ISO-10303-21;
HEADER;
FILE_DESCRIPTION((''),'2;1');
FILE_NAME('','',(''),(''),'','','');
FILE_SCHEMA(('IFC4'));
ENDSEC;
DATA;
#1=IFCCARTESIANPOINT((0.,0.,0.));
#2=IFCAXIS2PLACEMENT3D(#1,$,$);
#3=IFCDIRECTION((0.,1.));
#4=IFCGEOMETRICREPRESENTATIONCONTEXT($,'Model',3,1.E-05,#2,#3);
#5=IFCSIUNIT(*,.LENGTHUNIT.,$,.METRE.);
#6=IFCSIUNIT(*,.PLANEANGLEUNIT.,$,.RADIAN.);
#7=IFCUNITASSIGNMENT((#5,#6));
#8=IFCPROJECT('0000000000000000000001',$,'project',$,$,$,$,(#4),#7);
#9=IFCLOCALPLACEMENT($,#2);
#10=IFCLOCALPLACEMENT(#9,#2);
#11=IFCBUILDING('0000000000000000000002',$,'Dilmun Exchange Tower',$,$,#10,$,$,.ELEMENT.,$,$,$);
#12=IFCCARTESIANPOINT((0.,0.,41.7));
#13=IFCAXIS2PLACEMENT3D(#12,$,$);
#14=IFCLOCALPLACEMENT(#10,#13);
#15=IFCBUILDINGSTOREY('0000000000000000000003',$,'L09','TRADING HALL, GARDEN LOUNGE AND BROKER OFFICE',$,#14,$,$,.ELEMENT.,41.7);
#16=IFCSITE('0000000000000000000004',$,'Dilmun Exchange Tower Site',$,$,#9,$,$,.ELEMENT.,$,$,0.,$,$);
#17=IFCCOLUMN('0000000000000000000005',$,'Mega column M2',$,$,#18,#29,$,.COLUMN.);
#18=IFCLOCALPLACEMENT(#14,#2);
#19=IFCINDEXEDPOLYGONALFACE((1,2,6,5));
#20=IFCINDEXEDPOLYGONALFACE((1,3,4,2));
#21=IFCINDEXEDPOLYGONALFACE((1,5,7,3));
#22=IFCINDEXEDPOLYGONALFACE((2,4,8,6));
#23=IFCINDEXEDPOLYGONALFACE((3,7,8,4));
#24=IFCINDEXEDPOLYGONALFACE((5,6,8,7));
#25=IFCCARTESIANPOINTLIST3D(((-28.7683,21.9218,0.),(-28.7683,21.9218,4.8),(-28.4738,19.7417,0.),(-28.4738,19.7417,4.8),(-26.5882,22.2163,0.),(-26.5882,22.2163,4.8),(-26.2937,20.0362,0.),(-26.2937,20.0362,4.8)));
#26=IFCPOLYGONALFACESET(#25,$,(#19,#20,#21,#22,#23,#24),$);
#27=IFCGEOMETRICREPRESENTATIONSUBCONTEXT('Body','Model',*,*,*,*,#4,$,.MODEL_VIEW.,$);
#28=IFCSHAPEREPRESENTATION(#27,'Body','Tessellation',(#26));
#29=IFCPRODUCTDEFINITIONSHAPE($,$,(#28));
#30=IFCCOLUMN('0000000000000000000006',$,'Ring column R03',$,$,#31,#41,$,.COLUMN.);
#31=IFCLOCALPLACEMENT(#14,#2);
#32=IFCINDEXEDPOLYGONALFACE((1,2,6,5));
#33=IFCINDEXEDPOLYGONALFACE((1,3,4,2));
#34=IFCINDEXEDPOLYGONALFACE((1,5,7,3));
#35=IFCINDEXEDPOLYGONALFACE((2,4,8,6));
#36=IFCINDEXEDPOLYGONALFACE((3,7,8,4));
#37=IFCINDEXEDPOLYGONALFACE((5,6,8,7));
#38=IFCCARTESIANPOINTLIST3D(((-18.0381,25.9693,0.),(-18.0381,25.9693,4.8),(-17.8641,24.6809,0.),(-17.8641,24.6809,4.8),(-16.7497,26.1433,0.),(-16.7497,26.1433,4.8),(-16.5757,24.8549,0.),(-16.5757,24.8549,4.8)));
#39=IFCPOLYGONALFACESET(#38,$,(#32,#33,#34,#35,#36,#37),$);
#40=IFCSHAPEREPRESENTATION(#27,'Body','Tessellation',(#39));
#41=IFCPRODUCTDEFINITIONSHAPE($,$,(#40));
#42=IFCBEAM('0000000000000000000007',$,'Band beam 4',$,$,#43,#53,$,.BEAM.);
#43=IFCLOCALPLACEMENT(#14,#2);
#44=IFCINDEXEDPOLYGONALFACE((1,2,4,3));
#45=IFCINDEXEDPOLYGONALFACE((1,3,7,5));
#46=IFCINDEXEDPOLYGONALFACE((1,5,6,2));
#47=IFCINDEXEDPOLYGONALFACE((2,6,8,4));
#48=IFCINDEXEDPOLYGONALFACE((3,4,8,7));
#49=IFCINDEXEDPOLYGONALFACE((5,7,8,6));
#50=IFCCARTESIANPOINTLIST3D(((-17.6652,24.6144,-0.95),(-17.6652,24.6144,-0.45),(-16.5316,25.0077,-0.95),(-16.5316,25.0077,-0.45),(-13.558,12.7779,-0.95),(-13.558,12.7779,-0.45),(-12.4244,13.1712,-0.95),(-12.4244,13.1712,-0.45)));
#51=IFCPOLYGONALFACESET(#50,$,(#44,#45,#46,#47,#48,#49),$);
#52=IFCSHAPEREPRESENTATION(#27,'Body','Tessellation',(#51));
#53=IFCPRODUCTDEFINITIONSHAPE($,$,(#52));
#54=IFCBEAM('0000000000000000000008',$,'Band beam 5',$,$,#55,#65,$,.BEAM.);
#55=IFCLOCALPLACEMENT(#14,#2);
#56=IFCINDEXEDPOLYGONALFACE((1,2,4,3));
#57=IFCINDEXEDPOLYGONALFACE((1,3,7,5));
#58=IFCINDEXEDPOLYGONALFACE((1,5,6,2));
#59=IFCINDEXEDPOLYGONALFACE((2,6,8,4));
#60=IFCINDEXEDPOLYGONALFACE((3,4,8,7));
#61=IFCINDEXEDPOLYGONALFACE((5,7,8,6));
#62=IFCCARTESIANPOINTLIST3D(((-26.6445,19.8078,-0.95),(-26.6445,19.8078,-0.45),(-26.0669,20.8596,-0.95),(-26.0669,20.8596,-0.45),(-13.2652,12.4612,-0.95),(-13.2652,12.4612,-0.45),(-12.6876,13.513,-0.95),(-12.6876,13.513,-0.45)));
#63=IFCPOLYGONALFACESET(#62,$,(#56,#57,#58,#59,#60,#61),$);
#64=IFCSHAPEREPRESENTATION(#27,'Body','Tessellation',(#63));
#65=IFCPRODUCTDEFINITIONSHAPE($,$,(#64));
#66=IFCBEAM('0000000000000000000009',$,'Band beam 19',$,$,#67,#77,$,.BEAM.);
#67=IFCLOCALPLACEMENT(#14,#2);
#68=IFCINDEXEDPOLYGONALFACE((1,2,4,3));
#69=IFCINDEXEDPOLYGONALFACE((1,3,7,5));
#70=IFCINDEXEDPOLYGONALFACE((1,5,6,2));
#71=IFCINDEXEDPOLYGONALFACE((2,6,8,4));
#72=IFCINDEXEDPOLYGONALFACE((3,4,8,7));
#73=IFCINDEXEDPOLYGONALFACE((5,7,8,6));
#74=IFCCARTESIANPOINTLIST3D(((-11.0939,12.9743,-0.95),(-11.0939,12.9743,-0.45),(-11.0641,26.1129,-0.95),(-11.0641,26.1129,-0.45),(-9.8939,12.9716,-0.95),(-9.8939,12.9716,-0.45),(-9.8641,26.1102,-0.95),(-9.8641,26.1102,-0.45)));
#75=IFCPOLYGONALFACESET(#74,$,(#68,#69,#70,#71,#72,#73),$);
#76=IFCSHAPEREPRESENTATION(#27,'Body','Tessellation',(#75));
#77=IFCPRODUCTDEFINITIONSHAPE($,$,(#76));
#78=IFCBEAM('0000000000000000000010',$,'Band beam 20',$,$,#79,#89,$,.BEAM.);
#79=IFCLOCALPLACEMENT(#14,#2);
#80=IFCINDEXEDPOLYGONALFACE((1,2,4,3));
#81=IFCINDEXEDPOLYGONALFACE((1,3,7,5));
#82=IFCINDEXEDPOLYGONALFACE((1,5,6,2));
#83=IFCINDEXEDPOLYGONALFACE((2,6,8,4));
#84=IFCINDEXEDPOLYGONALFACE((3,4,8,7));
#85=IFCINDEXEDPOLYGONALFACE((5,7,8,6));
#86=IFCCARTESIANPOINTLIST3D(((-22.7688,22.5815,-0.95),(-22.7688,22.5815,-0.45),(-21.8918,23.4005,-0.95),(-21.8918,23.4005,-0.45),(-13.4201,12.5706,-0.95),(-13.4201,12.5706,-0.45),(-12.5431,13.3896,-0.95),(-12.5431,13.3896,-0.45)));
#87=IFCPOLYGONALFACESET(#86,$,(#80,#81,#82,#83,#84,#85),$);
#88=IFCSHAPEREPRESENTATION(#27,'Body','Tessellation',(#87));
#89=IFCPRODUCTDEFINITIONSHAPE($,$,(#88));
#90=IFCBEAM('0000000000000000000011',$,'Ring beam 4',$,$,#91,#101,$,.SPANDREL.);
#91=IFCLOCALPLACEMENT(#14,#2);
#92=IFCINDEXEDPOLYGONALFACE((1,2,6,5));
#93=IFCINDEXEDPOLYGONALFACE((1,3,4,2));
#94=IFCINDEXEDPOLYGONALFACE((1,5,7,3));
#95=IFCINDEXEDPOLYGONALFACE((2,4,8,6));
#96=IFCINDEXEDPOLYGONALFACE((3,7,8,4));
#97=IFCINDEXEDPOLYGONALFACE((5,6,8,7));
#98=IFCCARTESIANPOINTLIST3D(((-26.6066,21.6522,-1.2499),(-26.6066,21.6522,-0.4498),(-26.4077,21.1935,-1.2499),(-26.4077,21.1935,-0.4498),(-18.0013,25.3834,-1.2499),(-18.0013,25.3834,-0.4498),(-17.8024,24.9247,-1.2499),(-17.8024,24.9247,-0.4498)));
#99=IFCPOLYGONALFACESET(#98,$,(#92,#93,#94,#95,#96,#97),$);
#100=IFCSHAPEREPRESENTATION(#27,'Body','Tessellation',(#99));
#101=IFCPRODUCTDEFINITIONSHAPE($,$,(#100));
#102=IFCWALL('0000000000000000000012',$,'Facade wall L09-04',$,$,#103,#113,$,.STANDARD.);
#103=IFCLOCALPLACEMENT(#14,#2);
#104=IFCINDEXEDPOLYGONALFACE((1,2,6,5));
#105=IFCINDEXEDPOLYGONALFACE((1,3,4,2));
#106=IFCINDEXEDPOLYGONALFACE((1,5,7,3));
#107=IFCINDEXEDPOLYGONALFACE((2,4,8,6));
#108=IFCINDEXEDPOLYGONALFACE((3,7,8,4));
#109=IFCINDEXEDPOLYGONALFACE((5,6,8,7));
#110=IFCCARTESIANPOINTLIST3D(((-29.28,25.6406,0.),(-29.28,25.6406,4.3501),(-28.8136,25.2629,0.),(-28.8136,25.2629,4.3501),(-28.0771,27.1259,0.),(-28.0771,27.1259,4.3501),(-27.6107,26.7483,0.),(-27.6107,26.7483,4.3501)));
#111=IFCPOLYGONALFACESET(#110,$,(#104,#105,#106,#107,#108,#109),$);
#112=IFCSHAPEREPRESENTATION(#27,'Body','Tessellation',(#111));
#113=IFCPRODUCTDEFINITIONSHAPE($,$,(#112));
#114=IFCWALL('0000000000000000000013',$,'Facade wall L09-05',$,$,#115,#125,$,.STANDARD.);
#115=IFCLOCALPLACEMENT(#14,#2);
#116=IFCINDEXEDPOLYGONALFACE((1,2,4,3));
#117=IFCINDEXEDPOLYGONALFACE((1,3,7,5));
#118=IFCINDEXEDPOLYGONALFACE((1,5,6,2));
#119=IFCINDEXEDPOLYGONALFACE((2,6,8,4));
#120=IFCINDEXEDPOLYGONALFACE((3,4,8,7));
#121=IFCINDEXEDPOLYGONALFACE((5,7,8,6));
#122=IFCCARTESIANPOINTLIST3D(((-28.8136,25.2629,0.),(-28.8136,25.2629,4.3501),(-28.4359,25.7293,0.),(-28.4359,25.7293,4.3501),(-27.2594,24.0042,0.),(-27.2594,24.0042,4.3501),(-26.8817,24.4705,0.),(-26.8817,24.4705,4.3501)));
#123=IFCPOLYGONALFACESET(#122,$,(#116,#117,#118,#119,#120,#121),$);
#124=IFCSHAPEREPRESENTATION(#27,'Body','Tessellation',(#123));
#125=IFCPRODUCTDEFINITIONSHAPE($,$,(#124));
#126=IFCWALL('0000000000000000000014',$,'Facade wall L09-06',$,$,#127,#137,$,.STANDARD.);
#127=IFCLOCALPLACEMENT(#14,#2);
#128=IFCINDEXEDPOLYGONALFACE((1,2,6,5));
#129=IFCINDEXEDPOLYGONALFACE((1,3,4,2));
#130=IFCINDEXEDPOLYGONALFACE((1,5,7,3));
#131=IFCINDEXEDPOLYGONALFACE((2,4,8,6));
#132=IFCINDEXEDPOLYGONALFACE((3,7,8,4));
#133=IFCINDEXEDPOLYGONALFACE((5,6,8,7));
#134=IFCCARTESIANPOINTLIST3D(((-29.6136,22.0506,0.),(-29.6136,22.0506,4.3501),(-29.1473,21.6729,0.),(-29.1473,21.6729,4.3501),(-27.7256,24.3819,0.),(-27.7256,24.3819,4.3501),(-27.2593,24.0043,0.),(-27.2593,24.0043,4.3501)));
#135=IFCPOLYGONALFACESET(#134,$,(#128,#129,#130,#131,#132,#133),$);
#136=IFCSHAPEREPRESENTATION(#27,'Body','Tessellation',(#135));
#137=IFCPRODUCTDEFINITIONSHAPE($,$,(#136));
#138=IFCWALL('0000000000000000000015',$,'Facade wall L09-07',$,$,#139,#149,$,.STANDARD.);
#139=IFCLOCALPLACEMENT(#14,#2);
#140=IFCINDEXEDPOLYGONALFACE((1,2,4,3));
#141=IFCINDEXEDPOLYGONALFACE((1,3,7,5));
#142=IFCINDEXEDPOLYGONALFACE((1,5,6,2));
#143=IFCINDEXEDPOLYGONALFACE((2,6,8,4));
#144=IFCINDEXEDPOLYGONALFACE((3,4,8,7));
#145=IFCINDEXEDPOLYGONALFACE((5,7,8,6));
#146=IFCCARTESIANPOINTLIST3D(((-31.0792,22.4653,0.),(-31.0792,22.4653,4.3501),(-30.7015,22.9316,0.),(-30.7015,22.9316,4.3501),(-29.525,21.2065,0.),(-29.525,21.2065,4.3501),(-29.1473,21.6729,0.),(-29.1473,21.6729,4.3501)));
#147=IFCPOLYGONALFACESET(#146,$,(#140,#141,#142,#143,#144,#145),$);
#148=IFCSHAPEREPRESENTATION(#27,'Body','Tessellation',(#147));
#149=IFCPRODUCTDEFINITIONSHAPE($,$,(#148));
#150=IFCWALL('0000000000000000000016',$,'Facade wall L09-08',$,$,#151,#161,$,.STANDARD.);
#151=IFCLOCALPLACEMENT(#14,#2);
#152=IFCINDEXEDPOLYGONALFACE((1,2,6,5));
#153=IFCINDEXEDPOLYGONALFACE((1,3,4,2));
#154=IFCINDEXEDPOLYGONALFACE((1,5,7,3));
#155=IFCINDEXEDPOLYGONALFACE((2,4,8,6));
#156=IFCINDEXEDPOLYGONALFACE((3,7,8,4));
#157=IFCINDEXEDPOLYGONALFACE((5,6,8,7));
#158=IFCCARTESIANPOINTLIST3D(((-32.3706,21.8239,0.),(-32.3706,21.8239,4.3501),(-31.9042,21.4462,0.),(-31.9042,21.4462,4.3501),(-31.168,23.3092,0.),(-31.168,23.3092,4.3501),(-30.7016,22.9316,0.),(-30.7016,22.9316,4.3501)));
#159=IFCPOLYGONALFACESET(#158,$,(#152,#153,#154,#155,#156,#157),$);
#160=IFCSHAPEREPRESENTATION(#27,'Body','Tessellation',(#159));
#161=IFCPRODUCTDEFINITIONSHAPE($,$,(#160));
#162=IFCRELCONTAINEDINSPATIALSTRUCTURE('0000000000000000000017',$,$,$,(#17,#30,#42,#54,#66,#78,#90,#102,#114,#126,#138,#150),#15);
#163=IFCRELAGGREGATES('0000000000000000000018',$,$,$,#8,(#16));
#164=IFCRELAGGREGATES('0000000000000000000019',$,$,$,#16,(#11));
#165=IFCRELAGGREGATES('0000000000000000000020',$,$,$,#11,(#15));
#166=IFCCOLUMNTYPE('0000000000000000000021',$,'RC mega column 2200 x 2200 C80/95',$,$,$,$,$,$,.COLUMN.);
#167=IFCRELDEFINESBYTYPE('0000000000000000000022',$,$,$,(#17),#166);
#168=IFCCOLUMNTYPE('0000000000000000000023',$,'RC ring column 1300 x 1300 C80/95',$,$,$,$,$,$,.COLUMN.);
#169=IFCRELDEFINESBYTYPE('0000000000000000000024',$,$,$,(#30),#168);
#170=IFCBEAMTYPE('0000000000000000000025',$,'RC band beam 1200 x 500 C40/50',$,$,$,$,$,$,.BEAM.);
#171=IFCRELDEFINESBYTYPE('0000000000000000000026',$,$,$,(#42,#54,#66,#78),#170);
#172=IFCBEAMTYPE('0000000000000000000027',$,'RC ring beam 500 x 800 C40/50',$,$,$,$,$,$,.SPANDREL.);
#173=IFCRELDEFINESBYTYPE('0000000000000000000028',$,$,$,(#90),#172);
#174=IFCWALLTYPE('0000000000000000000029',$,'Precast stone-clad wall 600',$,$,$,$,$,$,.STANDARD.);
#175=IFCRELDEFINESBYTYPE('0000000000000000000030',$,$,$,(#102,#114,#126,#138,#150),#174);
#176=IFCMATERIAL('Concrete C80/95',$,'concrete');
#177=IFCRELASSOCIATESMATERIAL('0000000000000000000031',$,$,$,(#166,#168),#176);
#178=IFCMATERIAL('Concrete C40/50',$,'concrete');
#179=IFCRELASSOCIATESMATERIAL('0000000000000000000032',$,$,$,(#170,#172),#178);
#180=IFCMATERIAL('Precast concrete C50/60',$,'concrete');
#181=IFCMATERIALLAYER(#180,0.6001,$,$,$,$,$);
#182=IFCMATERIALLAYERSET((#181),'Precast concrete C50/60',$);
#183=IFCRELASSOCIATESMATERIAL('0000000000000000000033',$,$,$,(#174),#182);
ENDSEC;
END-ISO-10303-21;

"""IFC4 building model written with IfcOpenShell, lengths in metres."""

from ifc_helpers import new_model, si_unit, direction, frame, frame_2d, origin, origin_2d, place, context, subcontext, project, spatial, rectangle, extrude, material, layer, layer_set, material_profile, profile_set, type_object, element, save


model = new_model("IFC4")

# Units and contexts
model_context = context("Model", 3, precision=1e-05, world=origin(), true_north=direction((0.0, 1.0)))
body_context = subcontext(model_context, "Body", "Model", "MODEL_VIEW")
ifc_project = project(units=[si_unit("LENGTHUNIT", "METRE"), si_unit("PLANEANGLEUNIT", "RADIAN")], contexts=[model_context])

# Site, building, storey
site_placement = place(None, origin())
site = spatial("IfcSite", under=ifc_project, at=site_placement, Name="Dilmun Exchange Tower Site", CompositionType="ELEMENT", RefElevation=0.0)
building_placement = place(site_placement, origin())
building = spatial("IfcBuilding", under=site, at=building_placement, Name="Dilmun Exchange Tower", CompositionType="ELEMENT")
storey_placement = place(building_placement, frame((0.0, 0.0, 41.7)))
storey = spatial("IfcBuildingStorey", under=building, at=storey_placement, Name="L09", Description="TRADING HALL, GARDEN LOUNGE AND BROKER OFFICE", CompositionType="ELEMENT", Elevation=41.7)

# Columns
ifc_material_1 = material(Name="Concrete C80/95", Category="concrete")
ifc_material_profile_1 = material_profile(ifc_material_1, rectangle(XDim=2.2, YDim=2.2, at=origin_2d()), Name="2200 x 2200")
ifc_profile_set_1 = profile_set([ifc_material_profile_1], Name="Concrete C80/95")
column_type_1 = type_object("IfcColumnType", Name="RC mega column 2200 x 2200 C80/95", PredefinedType="COLUMN", material=ifc_profile_set_1)
column_1_placement = place(storey_placement, frame((-27.531, 20.979, 0.0), z_axis=(0.0, 0.0, 1.0), x_axis=(0.991001, 0.133853, 0.0)))
element("IfcColumn", 1, at=column_1_placement, inside=storey, type_object=column_type_1, Name="Mega column M2", PredefinedType="COLUMN", context=body_context, shape_type="SweptSolid", body=[
    extrude(rectangle(XDim=2.2, YDim=2.2, at=origin_2d()), origin(), (0.0, 0.0, 1.0), 4.8),
])
ifc_material_profile_2 = material_profile(ifc_material_1, rectangle(XDim=1.3, YDim=1.3, at=origin_2d()), Name="1300 x 1300")
ifc_profile_set_2 = profile_set([ifc_material_profile_2], Name="Concrete C80/95")
column_type_2 = type_object("IfcColumnType", Name="RC ring column 1300 x 1300 C80/95", PredefinedType="COLUMN", material=ifc_profile_set_2)
column_2_placement = place(storey_placement, frame((-17.3069, 25.4121, 0.0), z_axis=(0.0, 0.0, 1.0), x_axis=(0.991001, 0.133853, 0.0)))
element("IfcColumn", 2, at=column_2_placement, inside=storey, type_object=column_type_2, Name="Ring column R03", PredefinedType="COLUMN", context=body_context, shape_type="SweptSolid", body=[
    extrude(rectangle(XDim=1.3, YDim=1.3, at=origin_2d()), origin(), (0.0, 0.0, 1.0), 4.8),
])

# Beams
ifc_material_2 = material(Name="Concrete C40/50", Category="concrete")
ifc_material_profile_3 = material_profile(ifc_material_2, rectangle(XDim=1.2, YDim=0.5, at=origin_2d()), Name="1200 x 500")
ifc_profile_set_3 = profile_set([ifc_material_profile_3], Name="Concrete C40/50")
beam_type_1 = type_object("IfcBeamType", Name="RC band beam 1200 x 500 C40/50", PredefinedType="BEAM", material=ifc_profile_set_3)
beam_1_placement = place(storey_placement, frame((-17.0984, 24.811, -0.7), z_axis=(0.32782, -0.94474, 0.0), x_axis=(0.94474, 0.32782, 0.0)))
element("IfcBeam", 3, at=beam_1_placement, inside=storey, type_object=beam_type_1, Name="Band beam 4", PredefinedType="BEAM", context=body_context, shape_type="SweptSolid", body=[
    extrude(rectangle(XDim=1.2, YDim=0.5, at=origin_2d()), origin(), (0.0, 0.0, 1.0), 12.5288),
])
beam_2_placement = place(storey_placement, frame((-26.3557, 20.3337, -0.7), z_axis=(0.876547, -0.481316, 0.0), x_axis=(0.481316, 0.876547, 0.0)))
element("IfcBeam", 4, at=beam_2_placement, inside=storey, type_object=beam_type_1, Name="Band beam 5", PredefinedType="BEAM", context=body_context, shape_type="SweptSolid", body=[
    extrude(rectangle(XDim=1.2, YDim=0.5, at=origin_2d()), origin(), (0.0, 0.0, 1.0), 15.2637),
])
beam_3_placement = place(storey_placement, frame((-10.4641, 26.1116, -0.7), z_axis=(-0.002267, -0.999997, 0.0), x_axis=(0.999997, -0.002267, 0.0)))
element("IfcBeam", 5, at=beam_3_placement, inside=storey, type_object=beam_type_1, Name="Band beam 19", PredefinedType="BEAM", context=body_context, shape_type="SweptSolid", body=[
    extrude(rectangle(XDim=1.2, YDim=0.5, at=origin_2d()), origin(), (0.0, 0.0, 1.0), 13.1387),
])
beam_4_placement = place(storey_placement, frame((-22.3303, 22.991, -0.7), z_axis=(0.682524, -0.730863, 0.0), x_axis=(0.730863, 0.682524, 0.0)))
element("IfcBeam", 6, at=beam_4_placement, inside=storey, type_object=beam_type_1, Name="Band beam 20", PredefinedType="BEAM", context=body_context, shape_type="SweptSolid", body=[
    extrude(rectangle(XDim=1.2, YDim=0.5, at=origin_2d()), origin(), (0.0, 0.0, 1.0), 13.6973),
])
ifc_material_profile_4 = material_profile(ifc_material_2, rectangle(XDim=0.5, YDim=0.8, at=origin_2d()), Name="500 x 800")
ifc_profile_set_4 = profile_set([ifc_material_profile_4], Name="Concrete C40/50")
beam_type_2 = type_object("IfcBeamType", Name="RC ring beam 500 x 800 C40/50", PredefinedType="SPANDREL", material=ifc_profile_set_4)
beam_5_placement = place(storey_placement, frame((-17.9019, 25.1541, -0.8499), z_axis=(-0.917467, -0.397811, 0.0), x_axis=(0.397811, -0.917467, 0.0)))
element("IfcBeam", 7, at=beam_5_placement, inside=storey, type_object=beam_type_2, Name="Ring beam 4", PredefinedType="SPANDREL", context=body_context, shape_type="SweptSolid", body=[
    extrude(rectangle(XDim=0.5, YDim=0.8, at=origin_2d()), origin(), (0.0, 0.0, 1.0), 9.3794),
])

# Walls
ifc_material_3 = material(Name="Precast concrete C50/60", Category="concrete")
ifc_layer = layer(ifc_material_3, 0.6001)
ifc_layer_set = layer_set([ifc_layer], Name="Precast concrete C50/60")
wall_type = type_object("IfcWallType", Name="Precast stone-clad wall 600", PredefinedType="STANDARD", material=ifc_layer_set)
wall_1_placement = place(storey_placement, frame((-27.844, 26.937, 0.0), z_axis=(0.0, 0.0, 1.0), x_axis=(-0.629342, -0.777129, 0.0)))
element("IfcWall", 8, at=wall_1_placement, inside=storey, type_object=wall_type, Name="Facade wall L09-04", PredefinedType="STANDARD", context=body_context, shape_type="SweptSolid", body=[
    extrude(rectangle(XDim=1.9114, YDim=0.6001, at=frame_2d((0.9556, 0.0))), origin(), (0.0, 0.0, 1.0), 4.3501),
])
wall_2_placement = place(storey_placement, frame((-28.6248, 25.4961, 0.0), z_axis=(0.0, 0.0, 1.0), x_axis=(0.777091, -0.629388, 0.0)))
element("IfcWall", 9, at=wall_2_placement, inside=storey, type_object=wall_type, Name="Facade wall L09-05", PredefinedType="STANDARD", context=body_context, shape_type="SweptSolid", body=[
    extrude(rectangle(XDim=2.0, YDim=0.6001, at=frame_2d((1.0, 0.0))), origin(), (0.0, 0.0, 1.0), 4.3501),
])
wall_3_placement = place(storey_placement, frame((-27.4924, 24.1931, 0.0), z_axis=(0.0, 0.0, 1.0), x_axis=(-0.629339, -0.777131, 0.0)))
element("IfcWall", 10, at=wall_3_placement, inside=storey, type_object=wall_type, Name="Facade wall L09-06", PredefinedType="STANDARD", context=body_context, shape_type="SweptSolid", body=[
    extrude(rectangle(XDim=3.0, YDim=0.6001, at=frame_2d((1.5, 0.0))), origin(), (0.0, 0.0, 1.0), 4.3501),
])
wall_4_placement = place(storey_placement, frame((-29.3362, 21.4397, 0.0), z_axis=(0.0, 0.0, 1.0), x_axis=(-0.777091, 0.629388, 0.0)))
element("IfcWall", 11, at=wall_4_placement, inside=storey, type_object=wall_type, Name="Facade wall L09-07", PredefinedType="STANDARD", context=body_context, shape_type="SweptSolid", body=[
    extrude(rectangle(XDim=2.0, YDim=0.6001, at=frame_2d((1.0, 0.0))), origin(), (0.0, 0.0, 1.0), 4.3501),
])
wall_5_placement = place(storey_placement, frame((-30.9348, 23.1204, 0.0), z_axis=(0.0, 0.0, 1.0), x_axis=(-0.629264, -0.777191, 0.0)))
element("IfcWall", 12, at=wall_5_placement, inside=storey, type_object=wall_type, Name="Facade wall L09-08", PredefinedType="STANDARD", context=body_context, shape_type="SweptSolid", body=[
    extrude(rectangle(XDim=1.9111, YDim=0.6001, at=frame_2d((0.9556, 0.0))), origin(), (0.0, 0.0, 1.0), 4.3501),
])

save(model, "model.ifc")
